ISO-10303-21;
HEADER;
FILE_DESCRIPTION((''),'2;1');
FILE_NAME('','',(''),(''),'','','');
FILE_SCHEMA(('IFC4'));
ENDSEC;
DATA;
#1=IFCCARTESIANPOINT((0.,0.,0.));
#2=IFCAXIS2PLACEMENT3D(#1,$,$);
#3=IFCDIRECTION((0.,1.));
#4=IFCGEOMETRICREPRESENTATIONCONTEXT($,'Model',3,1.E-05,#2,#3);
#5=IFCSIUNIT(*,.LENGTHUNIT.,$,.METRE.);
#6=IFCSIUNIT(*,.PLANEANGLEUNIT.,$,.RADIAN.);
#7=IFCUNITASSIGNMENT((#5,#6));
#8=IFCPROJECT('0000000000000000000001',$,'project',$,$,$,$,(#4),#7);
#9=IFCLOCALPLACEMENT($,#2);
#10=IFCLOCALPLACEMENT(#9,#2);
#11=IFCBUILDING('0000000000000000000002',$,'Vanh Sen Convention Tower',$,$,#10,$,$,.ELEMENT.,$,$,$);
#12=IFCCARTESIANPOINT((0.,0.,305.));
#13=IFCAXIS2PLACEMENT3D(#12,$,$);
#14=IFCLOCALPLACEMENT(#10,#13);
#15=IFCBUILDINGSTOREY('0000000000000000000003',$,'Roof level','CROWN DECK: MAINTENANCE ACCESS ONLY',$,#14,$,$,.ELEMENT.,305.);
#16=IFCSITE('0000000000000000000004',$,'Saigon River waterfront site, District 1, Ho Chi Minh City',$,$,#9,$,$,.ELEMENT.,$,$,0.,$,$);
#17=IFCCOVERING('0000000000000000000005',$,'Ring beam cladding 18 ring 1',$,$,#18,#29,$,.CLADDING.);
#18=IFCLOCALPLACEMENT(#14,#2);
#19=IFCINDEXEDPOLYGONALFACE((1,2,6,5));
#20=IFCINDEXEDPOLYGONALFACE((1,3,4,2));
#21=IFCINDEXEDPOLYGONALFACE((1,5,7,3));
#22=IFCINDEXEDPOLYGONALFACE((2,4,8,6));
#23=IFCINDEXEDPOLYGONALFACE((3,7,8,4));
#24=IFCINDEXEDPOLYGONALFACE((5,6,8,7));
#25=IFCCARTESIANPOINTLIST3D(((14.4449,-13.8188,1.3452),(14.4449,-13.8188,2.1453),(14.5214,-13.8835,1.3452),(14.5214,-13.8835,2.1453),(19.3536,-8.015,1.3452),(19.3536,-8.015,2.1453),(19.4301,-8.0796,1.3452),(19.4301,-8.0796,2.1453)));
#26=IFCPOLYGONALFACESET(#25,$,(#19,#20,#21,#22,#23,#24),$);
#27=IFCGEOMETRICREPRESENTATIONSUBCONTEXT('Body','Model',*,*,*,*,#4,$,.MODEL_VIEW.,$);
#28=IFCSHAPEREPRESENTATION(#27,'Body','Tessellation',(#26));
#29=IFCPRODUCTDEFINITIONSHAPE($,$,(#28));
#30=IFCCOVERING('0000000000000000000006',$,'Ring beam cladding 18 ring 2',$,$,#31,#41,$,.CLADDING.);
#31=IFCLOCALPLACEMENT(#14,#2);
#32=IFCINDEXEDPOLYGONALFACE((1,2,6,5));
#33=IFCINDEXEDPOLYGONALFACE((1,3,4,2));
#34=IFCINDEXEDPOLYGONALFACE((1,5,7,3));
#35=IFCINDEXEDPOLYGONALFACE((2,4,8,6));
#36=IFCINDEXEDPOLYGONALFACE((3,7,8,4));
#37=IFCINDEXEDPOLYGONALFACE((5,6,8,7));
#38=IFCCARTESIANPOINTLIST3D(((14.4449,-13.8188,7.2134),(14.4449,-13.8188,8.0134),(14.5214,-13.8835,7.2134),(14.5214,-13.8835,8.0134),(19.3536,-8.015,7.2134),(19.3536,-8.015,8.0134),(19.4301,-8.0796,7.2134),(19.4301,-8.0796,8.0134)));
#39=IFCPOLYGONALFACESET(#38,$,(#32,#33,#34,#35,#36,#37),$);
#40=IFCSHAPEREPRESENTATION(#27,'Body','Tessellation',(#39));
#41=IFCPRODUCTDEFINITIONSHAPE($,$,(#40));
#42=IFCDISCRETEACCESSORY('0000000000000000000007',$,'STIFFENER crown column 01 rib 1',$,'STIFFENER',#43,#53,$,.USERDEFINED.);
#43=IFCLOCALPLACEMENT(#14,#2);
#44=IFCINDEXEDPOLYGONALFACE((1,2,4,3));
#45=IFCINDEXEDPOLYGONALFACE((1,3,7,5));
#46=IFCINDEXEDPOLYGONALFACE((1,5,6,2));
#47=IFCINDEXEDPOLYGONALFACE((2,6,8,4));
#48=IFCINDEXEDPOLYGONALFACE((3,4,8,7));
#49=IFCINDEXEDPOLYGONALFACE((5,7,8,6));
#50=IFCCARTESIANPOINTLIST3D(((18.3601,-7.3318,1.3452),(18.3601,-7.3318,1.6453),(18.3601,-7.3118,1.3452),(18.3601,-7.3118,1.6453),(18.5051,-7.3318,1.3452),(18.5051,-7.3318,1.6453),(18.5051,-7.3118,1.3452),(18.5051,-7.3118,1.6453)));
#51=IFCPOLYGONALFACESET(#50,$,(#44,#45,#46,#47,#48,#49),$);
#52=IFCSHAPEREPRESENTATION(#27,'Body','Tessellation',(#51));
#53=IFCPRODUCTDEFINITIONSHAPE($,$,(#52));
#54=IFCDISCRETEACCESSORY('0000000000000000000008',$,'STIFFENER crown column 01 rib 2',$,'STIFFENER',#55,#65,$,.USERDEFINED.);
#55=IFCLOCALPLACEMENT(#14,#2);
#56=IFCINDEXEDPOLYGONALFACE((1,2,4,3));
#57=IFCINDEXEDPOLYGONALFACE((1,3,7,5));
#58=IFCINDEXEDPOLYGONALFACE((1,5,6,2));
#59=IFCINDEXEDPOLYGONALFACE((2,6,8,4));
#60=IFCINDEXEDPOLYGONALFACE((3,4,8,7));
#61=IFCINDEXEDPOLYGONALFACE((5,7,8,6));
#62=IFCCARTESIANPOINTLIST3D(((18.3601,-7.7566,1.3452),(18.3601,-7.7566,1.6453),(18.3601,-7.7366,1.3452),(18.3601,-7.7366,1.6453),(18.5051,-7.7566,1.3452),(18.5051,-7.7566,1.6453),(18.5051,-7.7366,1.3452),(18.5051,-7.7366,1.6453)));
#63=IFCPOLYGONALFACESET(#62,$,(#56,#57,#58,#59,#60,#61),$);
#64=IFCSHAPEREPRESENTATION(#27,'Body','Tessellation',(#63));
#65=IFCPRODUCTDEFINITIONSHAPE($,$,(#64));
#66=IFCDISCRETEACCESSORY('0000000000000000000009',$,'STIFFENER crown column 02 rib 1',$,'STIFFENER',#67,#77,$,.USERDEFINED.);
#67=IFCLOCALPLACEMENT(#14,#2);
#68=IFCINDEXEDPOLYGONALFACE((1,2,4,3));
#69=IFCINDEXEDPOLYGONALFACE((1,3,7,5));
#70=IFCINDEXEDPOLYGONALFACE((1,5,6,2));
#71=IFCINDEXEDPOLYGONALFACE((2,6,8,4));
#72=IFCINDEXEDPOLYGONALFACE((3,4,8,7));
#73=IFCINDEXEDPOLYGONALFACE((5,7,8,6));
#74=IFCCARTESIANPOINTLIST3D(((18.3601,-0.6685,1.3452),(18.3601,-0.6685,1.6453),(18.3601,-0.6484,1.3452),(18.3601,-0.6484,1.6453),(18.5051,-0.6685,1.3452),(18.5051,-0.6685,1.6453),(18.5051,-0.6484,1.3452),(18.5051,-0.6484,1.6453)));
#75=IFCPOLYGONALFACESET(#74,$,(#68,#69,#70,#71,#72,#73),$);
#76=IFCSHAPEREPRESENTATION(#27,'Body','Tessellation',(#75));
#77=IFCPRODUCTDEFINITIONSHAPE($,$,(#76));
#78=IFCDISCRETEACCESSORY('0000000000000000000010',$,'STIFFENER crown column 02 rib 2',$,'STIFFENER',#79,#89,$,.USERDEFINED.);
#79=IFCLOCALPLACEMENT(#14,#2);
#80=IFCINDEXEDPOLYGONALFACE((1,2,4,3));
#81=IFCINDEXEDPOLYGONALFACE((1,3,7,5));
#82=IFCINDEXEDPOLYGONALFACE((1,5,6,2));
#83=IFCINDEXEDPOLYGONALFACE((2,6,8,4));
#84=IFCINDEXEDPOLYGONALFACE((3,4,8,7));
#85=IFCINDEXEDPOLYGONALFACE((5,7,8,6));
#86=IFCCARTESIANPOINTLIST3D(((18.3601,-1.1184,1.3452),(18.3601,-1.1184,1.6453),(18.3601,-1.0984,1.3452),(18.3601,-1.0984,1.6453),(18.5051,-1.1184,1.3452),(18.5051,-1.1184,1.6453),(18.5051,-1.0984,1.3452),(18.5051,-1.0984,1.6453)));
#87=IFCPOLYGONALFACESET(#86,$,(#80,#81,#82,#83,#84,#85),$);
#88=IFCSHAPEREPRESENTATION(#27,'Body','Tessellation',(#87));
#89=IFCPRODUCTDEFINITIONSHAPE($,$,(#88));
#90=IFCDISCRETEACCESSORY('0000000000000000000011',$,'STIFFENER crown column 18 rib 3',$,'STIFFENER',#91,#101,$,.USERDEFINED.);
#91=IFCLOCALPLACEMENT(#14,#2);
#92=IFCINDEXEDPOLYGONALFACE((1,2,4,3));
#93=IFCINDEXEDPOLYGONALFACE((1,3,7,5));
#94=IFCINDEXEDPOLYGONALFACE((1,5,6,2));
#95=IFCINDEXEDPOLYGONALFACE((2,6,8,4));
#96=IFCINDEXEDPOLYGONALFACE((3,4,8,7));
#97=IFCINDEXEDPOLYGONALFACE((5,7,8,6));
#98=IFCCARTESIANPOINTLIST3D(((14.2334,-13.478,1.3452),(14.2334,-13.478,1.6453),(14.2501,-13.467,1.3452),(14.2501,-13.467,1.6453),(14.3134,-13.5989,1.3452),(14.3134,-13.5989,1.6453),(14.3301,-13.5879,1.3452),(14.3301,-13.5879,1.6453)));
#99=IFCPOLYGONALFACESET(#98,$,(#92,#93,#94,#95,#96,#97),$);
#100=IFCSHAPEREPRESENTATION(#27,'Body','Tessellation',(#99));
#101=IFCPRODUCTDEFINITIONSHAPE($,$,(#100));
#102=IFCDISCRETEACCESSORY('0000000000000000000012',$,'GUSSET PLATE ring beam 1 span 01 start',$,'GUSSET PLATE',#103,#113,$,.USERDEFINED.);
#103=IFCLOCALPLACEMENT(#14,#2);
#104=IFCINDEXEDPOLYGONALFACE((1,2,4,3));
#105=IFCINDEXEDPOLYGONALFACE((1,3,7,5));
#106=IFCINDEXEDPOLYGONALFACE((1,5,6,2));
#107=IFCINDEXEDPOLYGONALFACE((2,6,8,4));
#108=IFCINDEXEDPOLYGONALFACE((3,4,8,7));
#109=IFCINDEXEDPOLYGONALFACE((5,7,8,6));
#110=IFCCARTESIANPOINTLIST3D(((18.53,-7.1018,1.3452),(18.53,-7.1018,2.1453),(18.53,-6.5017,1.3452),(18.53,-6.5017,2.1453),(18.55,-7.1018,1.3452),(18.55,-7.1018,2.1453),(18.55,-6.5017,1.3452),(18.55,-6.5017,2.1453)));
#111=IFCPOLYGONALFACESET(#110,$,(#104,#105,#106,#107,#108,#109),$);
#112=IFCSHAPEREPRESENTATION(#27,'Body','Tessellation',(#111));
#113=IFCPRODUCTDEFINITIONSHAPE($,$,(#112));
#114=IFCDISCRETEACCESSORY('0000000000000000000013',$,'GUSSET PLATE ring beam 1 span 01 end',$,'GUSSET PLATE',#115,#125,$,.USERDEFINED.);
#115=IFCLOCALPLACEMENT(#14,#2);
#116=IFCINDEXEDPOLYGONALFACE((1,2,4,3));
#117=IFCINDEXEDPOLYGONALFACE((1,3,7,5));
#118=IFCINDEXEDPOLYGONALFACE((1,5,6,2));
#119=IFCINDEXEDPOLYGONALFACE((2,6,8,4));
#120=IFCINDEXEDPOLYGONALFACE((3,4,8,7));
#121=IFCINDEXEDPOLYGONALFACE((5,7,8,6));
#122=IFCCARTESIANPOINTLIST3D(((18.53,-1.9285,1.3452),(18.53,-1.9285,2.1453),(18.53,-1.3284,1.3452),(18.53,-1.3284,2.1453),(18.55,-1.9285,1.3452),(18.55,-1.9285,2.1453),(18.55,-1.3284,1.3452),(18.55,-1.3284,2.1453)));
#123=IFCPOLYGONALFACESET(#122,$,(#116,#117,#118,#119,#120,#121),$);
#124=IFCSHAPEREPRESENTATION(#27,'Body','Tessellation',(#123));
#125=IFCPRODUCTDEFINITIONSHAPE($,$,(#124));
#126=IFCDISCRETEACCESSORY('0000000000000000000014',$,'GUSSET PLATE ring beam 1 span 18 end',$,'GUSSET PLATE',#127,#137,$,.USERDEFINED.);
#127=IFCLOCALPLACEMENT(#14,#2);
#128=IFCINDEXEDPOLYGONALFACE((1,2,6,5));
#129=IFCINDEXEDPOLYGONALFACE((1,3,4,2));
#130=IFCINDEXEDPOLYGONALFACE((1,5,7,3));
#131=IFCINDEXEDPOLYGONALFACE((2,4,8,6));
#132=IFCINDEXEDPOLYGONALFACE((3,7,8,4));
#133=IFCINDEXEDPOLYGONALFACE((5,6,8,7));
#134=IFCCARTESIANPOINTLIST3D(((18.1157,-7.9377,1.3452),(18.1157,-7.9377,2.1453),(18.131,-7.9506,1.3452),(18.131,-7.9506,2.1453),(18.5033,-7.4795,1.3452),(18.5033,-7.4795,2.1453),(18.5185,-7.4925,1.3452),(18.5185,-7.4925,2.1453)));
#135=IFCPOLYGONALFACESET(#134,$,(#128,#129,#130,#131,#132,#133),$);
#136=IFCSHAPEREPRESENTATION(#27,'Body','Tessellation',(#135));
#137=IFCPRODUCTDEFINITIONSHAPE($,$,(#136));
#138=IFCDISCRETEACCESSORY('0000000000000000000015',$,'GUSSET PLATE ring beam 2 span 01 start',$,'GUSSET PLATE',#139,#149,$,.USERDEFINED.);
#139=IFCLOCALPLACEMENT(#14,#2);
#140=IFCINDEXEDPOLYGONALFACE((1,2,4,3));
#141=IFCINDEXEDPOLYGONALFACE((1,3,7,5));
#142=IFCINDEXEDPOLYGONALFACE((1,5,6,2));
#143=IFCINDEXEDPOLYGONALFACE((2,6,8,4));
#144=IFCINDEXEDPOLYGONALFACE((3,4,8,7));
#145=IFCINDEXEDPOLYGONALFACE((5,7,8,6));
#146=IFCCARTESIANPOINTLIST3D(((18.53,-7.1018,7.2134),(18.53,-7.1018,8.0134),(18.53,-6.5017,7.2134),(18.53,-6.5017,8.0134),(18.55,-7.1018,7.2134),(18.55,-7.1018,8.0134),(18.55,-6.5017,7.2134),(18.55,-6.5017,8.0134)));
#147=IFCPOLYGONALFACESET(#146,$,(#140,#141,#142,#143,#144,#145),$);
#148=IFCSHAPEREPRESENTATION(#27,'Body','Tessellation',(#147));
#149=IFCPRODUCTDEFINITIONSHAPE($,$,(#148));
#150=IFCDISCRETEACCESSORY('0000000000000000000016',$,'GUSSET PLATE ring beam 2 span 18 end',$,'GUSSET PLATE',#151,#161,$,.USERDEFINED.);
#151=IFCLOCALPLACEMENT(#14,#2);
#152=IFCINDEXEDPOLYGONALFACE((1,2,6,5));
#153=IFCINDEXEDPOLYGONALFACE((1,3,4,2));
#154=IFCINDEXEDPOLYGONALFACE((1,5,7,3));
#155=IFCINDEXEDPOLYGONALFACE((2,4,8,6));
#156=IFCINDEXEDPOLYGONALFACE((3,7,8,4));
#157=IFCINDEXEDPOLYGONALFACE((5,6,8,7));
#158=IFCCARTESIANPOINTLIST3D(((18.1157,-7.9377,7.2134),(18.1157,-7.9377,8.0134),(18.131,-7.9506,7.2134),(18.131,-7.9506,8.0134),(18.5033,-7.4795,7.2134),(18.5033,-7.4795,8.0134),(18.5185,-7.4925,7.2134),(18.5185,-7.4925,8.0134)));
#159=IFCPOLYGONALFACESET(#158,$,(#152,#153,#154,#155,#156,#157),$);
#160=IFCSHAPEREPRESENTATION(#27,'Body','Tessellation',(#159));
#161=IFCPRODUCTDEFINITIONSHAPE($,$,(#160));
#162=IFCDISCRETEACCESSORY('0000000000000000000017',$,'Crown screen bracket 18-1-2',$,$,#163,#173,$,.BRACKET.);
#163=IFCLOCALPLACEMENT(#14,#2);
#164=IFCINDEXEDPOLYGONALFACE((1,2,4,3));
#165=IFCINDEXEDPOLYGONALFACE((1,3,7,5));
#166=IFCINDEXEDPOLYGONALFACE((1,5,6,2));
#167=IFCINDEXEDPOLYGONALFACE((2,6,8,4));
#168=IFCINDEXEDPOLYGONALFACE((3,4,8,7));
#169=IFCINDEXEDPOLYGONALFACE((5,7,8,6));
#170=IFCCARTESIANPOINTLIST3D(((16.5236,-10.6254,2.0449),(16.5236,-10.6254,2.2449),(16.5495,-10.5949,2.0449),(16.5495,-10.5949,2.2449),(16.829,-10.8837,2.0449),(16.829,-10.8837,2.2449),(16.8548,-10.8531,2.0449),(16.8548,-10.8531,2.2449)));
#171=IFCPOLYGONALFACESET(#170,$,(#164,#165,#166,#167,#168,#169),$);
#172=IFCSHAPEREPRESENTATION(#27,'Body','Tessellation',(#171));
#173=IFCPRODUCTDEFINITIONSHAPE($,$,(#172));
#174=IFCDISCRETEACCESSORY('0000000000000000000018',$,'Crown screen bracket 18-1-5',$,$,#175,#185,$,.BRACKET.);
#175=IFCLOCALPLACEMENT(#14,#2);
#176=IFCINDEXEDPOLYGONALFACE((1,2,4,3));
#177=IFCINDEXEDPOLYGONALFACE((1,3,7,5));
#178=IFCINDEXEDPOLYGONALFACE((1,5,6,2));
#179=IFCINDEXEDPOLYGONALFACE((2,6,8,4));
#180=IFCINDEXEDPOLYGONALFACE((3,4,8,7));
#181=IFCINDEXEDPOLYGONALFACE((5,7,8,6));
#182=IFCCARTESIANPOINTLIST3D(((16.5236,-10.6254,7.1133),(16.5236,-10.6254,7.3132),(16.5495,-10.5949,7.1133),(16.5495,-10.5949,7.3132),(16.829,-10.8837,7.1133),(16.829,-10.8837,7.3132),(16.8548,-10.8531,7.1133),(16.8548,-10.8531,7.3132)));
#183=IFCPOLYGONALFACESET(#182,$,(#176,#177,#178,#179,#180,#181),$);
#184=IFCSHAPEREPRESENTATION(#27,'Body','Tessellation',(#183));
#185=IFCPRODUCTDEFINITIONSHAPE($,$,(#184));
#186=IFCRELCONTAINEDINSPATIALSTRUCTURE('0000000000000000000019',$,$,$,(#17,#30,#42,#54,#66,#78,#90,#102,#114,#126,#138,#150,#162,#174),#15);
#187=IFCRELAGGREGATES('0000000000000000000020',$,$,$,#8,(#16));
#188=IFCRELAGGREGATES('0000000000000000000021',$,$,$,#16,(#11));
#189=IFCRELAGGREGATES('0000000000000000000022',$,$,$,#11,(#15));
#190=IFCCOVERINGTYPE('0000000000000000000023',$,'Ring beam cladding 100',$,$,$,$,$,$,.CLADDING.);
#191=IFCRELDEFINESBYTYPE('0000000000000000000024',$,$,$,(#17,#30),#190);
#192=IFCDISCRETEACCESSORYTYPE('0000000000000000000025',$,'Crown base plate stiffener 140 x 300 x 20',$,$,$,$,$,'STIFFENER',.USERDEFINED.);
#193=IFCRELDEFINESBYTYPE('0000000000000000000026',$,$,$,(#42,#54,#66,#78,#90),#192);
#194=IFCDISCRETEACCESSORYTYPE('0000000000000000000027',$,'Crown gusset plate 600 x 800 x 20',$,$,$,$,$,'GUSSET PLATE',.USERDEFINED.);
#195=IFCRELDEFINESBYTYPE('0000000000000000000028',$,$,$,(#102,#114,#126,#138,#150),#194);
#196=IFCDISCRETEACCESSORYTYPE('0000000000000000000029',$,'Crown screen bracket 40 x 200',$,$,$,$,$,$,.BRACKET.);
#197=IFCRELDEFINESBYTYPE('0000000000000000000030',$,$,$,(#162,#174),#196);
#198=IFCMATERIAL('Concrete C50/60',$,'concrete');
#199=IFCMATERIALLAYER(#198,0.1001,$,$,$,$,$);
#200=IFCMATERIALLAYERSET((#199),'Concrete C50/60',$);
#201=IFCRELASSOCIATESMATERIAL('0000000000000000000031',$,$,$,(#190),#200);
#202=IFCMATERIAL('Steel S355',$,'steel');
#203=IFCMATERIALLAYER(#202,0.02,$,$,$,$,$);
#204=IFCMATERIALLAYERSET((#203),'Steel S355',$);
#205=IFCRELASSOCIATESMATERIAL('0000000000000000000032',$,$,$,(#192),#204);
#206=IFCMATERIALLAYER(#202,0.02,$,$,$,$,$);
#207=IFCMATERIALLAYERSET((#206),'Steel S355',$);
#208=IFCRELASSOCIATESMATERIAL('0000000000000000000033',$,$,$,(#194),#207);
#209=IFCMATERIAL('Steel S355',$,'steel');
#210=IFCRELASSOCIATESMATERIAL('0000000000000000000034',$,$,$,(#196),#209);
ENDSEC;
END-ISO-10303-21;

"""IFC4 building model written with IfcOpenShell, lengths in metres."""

from ifc_helpers import new_model, si_unit, direction, frame, origin, origin_2d, place, context, subcontext, project, spatial, rectangle, extrude, material, layer, layer_set, type_object, element, save


model = new_model("IFC4")

# Units and contexts
model_context = context("Model", 3, precision=1e-05, world=origin(), true_north=direction((0.0, 1.0)))
body_context = subcontext(model_context, "Body", "Model", "MODEL_VIEW")
ifc_project = project(units=[si_unit("LENGTHUNIT", "METRE"), si_unit("PLANEANGLEUNIT", "RADIAN")], contexts=[model_context])

# Site, building, storey
site_placement = place(None, origin())
site = spatial("IfcSite", under=ifc_project, at=site_placement, Name="Saigon River waterfront site, District 1, Ho Chi Minh City", CompositionType="ELEMENT", RefElevation=0.0)
building_placement = place(site_placement, origin())
building = spatial("IfcBuilding", under=site, at=building_placement, Name="Vanh Sen Convention Tower", CompositionType="ELEMENT")
storey_placement = place(building_placement, frame((0.0, 0.0, 305.0)))
storey = spatial("IfcBuildingStorey", under=building, at=storey_placement, Name="Roof level", Description="CROWN DECK: MAINTENANCE ACCESS ONLY", CompositionType="ELEMENT", Elevation=305.0)

# Coverings
ifc_material_1 = material(Name="Concrete C50/60", Category="concrete")
ifc_layer_1 = layer(ifc_material_1, 0.1001)
ifc_layer_set_1 = layer_set([ifc_layer_1], Name="Concrete C50/60")
covering_type = type_object("IfcCoveringType", Name="Ring beam cladding 100", PredefinedType="CLADDING", material=ifc_layer_set_1)
for number, where, z_axis, x_axis, name in (
    (1, (16.9375, -10.9492, 1.3452), (0.0, 0.0, 1.0), (0.645767, 0.763535, 0.0), "Ring beam cladding 18 ring 1"),
    (2, (16.9375, -10.9492, 7.2134), (0.0, 0.0, 1.0), (0.645767, 0.763535, 0.0), "Ring beam cladding 18 ring 2"),
):
    element("IfcCovering", number, at=place(storey_placement, frame(where, z_axis=z_axis, x_axis=x_axis)), inside=storey, type_object=covering_type, Name=name, PredefinedType="CLADDING", context=body_context, shape_type="SweptSolid", body=[
        extrude(rectangle(XDim=7.6013, YDim=0.1001, at=origin_2d()), origin(), (0.0, 0.0, 1.0), 0.8),
    ])

# Discrete accessories
ifc_material_2 = material(Name="Steel S355", Category="steel")
ifc_layer_2 = layer(ifc_material_2, 0.02)
ifc_layer_set_2 = layer_set([ifc_layer_2], Name="Steel S355")
discrete_accessory_type_1 = type_object("IfcDiscreteAccessoryType", Name="Crown base plate stiffener 140 x 300 x 20", ElementType="STIFFENER", PredefinedType="USERDEFINED", material=ifc_layer_set_2)
for number, where, z_axis, x_axis, name in (
    (3, (18.4326, -7.3218, 1.3452), (0.0, 0.0, 1.0), (-1.0, 0.0, 0.0), "STIFFENER crown column 01 rib 1"),
    (4, (18.4326, -7.7466, 1.3452), (0.0, 0.0, 1.0), (-1.0, 0.0, 0.0), "STIFFENER crown column 01 rib 2"),
    (5, (18.4326, -0.6584, 1.3452), (0.0, 0.0, 1.0), (-1.0, 0.0, 0.0), "STIFFENER crown column 02 rib 1"),
    (6, (18.4326, -1.1084, 1.3452), (0.0, 0.0, 1.0), (-1.0, 0.0, 0.0), "STIFFENER crown column 02 rib 2"),
    (7, (14.2817, -13.533, 1.3452), (0.0, 0.0, 1.0), (-0.551937, 0.833886, 0.0), "STIFFENER crown column 18 rib 3"),
):
    element("IfcDiscreteAccessory", number, at=place(storey_placement, frame(where, z_axis=z_axis, x_axis=x_axis)), inside=storey, type_object=discrete_accessory_type_1, Name=name, ObjectType="STIFFENER", PredefinedType="USERDEFINED", context=body_context, shape_type="SweptSolid", body=[
        extrude(rectangle(XDim=0.145, YDim=0.02, at=origin_2d()), origin(), (0.0, 0.0, 1.0), 0.3),
    ])
ifc_layer_3 = layer(ifc_material_2, 0.02)
ifc_layer_set_3 = layer_set([ifc_layer_3], Name="Steel S355")
discrete_accessory_type_2 = type_object("IfcDiscreteAccessoryType", Name="Crown gusset plate 600 x 800 x 20", ElementType="GUSSET PLATE", PredefinedType="USERDEFINED", material=ifc_layer_set_3)
for number, where, z_axis, x_axis, name in (
    (8, (18.54, -6.8018, 1.3452), (0.0, 0.0, 1.0), (0.0, 1.0, 0.0), "GUSSET PLATE ring beam 1 span 01 start"),
    (9, (18.54, -1.6284, 1.3452), (0.0, 0.0, 1.0), (0.0, -1.0, 0.0), "GUSSET PLATE ring beam 1 span 01 end"),
    (10, (18.3171, -7.7151, 1.3452), (0.0, 0.0, 1.0), (-0.645767, -0.763535, 0.0), "GUSSET PLATE ring beam 1 span 18 end"),
    (11, (18.54, -6.8018, 7.2134), (0.0, 0.0, 1.0), (0.0, 1.0, 0.0), "GUSSET PLATE ring beam 2 span 01 start"),
    (12, (18.3171, -7.7151, 7.2134), (0.0, 0.0, 1.0), (-0.645767, -0.763535, 0.0), "GUSSET PLATE ring beam 2 span 18 end"),
):
    element("IfcDiscreteAccessory", number, at=place(storey_placement, frame(where, z_axis=z_axis, x_axis=x_axis)), inside=storey, type_object=discrete_accessory_type_2, Name=name, ObjectType="GUSSET PLATE", PredefinedType="USERDEFINED", context=body_context, shape_type="SweptSolid", body=[
        extrude(rectangle(XDim=0.6001, YDim=0.02, at=origin_2d()), origin(), (0.0, 0.0, 1.0), 0.8),
    ])
ifc_material_3 = material(Name="Steel S355", Category="steel")
discrete_accessory_type_3 = type_object("IfcDiscreteAccessoryType", Name="Crown screen bracket 40 x 200", PredefinedType="BRACKET", material=ifc_material_3)
for number, where, z_axis, x_axis, name in (
    (13, (16.6892, -10.7393, 2.0449), (0.0, 0.0, 1.0), (0.763535, -0.645767, 0.0), "Crown screen bracket 18-1-2"),
    (14, (16.6892, -10.7393, 7.1133), (0.0, 0.0, 1.0), (0.763535, -0.645767, 0.0), "Crown screen bracket 18-1-5"),
):
    element("IfcDiscreteAccessory", number, at=place(storey_placement, frame(where, z_axis=z_axis, x_axis=x_axis)), inside=storey, type_object=discrete_accessory_type_3, Name=name, PredefinedType="BRACKET", context=body_context, shape_type="SweptSolid", body=[
        extrude(rectangle(XDim=0.3999, YDim=0.04, at=origin_2d()), origin(), (0.0, 0.0, 1.0), 0.2),
    ])

save(model, "model.ifc")
